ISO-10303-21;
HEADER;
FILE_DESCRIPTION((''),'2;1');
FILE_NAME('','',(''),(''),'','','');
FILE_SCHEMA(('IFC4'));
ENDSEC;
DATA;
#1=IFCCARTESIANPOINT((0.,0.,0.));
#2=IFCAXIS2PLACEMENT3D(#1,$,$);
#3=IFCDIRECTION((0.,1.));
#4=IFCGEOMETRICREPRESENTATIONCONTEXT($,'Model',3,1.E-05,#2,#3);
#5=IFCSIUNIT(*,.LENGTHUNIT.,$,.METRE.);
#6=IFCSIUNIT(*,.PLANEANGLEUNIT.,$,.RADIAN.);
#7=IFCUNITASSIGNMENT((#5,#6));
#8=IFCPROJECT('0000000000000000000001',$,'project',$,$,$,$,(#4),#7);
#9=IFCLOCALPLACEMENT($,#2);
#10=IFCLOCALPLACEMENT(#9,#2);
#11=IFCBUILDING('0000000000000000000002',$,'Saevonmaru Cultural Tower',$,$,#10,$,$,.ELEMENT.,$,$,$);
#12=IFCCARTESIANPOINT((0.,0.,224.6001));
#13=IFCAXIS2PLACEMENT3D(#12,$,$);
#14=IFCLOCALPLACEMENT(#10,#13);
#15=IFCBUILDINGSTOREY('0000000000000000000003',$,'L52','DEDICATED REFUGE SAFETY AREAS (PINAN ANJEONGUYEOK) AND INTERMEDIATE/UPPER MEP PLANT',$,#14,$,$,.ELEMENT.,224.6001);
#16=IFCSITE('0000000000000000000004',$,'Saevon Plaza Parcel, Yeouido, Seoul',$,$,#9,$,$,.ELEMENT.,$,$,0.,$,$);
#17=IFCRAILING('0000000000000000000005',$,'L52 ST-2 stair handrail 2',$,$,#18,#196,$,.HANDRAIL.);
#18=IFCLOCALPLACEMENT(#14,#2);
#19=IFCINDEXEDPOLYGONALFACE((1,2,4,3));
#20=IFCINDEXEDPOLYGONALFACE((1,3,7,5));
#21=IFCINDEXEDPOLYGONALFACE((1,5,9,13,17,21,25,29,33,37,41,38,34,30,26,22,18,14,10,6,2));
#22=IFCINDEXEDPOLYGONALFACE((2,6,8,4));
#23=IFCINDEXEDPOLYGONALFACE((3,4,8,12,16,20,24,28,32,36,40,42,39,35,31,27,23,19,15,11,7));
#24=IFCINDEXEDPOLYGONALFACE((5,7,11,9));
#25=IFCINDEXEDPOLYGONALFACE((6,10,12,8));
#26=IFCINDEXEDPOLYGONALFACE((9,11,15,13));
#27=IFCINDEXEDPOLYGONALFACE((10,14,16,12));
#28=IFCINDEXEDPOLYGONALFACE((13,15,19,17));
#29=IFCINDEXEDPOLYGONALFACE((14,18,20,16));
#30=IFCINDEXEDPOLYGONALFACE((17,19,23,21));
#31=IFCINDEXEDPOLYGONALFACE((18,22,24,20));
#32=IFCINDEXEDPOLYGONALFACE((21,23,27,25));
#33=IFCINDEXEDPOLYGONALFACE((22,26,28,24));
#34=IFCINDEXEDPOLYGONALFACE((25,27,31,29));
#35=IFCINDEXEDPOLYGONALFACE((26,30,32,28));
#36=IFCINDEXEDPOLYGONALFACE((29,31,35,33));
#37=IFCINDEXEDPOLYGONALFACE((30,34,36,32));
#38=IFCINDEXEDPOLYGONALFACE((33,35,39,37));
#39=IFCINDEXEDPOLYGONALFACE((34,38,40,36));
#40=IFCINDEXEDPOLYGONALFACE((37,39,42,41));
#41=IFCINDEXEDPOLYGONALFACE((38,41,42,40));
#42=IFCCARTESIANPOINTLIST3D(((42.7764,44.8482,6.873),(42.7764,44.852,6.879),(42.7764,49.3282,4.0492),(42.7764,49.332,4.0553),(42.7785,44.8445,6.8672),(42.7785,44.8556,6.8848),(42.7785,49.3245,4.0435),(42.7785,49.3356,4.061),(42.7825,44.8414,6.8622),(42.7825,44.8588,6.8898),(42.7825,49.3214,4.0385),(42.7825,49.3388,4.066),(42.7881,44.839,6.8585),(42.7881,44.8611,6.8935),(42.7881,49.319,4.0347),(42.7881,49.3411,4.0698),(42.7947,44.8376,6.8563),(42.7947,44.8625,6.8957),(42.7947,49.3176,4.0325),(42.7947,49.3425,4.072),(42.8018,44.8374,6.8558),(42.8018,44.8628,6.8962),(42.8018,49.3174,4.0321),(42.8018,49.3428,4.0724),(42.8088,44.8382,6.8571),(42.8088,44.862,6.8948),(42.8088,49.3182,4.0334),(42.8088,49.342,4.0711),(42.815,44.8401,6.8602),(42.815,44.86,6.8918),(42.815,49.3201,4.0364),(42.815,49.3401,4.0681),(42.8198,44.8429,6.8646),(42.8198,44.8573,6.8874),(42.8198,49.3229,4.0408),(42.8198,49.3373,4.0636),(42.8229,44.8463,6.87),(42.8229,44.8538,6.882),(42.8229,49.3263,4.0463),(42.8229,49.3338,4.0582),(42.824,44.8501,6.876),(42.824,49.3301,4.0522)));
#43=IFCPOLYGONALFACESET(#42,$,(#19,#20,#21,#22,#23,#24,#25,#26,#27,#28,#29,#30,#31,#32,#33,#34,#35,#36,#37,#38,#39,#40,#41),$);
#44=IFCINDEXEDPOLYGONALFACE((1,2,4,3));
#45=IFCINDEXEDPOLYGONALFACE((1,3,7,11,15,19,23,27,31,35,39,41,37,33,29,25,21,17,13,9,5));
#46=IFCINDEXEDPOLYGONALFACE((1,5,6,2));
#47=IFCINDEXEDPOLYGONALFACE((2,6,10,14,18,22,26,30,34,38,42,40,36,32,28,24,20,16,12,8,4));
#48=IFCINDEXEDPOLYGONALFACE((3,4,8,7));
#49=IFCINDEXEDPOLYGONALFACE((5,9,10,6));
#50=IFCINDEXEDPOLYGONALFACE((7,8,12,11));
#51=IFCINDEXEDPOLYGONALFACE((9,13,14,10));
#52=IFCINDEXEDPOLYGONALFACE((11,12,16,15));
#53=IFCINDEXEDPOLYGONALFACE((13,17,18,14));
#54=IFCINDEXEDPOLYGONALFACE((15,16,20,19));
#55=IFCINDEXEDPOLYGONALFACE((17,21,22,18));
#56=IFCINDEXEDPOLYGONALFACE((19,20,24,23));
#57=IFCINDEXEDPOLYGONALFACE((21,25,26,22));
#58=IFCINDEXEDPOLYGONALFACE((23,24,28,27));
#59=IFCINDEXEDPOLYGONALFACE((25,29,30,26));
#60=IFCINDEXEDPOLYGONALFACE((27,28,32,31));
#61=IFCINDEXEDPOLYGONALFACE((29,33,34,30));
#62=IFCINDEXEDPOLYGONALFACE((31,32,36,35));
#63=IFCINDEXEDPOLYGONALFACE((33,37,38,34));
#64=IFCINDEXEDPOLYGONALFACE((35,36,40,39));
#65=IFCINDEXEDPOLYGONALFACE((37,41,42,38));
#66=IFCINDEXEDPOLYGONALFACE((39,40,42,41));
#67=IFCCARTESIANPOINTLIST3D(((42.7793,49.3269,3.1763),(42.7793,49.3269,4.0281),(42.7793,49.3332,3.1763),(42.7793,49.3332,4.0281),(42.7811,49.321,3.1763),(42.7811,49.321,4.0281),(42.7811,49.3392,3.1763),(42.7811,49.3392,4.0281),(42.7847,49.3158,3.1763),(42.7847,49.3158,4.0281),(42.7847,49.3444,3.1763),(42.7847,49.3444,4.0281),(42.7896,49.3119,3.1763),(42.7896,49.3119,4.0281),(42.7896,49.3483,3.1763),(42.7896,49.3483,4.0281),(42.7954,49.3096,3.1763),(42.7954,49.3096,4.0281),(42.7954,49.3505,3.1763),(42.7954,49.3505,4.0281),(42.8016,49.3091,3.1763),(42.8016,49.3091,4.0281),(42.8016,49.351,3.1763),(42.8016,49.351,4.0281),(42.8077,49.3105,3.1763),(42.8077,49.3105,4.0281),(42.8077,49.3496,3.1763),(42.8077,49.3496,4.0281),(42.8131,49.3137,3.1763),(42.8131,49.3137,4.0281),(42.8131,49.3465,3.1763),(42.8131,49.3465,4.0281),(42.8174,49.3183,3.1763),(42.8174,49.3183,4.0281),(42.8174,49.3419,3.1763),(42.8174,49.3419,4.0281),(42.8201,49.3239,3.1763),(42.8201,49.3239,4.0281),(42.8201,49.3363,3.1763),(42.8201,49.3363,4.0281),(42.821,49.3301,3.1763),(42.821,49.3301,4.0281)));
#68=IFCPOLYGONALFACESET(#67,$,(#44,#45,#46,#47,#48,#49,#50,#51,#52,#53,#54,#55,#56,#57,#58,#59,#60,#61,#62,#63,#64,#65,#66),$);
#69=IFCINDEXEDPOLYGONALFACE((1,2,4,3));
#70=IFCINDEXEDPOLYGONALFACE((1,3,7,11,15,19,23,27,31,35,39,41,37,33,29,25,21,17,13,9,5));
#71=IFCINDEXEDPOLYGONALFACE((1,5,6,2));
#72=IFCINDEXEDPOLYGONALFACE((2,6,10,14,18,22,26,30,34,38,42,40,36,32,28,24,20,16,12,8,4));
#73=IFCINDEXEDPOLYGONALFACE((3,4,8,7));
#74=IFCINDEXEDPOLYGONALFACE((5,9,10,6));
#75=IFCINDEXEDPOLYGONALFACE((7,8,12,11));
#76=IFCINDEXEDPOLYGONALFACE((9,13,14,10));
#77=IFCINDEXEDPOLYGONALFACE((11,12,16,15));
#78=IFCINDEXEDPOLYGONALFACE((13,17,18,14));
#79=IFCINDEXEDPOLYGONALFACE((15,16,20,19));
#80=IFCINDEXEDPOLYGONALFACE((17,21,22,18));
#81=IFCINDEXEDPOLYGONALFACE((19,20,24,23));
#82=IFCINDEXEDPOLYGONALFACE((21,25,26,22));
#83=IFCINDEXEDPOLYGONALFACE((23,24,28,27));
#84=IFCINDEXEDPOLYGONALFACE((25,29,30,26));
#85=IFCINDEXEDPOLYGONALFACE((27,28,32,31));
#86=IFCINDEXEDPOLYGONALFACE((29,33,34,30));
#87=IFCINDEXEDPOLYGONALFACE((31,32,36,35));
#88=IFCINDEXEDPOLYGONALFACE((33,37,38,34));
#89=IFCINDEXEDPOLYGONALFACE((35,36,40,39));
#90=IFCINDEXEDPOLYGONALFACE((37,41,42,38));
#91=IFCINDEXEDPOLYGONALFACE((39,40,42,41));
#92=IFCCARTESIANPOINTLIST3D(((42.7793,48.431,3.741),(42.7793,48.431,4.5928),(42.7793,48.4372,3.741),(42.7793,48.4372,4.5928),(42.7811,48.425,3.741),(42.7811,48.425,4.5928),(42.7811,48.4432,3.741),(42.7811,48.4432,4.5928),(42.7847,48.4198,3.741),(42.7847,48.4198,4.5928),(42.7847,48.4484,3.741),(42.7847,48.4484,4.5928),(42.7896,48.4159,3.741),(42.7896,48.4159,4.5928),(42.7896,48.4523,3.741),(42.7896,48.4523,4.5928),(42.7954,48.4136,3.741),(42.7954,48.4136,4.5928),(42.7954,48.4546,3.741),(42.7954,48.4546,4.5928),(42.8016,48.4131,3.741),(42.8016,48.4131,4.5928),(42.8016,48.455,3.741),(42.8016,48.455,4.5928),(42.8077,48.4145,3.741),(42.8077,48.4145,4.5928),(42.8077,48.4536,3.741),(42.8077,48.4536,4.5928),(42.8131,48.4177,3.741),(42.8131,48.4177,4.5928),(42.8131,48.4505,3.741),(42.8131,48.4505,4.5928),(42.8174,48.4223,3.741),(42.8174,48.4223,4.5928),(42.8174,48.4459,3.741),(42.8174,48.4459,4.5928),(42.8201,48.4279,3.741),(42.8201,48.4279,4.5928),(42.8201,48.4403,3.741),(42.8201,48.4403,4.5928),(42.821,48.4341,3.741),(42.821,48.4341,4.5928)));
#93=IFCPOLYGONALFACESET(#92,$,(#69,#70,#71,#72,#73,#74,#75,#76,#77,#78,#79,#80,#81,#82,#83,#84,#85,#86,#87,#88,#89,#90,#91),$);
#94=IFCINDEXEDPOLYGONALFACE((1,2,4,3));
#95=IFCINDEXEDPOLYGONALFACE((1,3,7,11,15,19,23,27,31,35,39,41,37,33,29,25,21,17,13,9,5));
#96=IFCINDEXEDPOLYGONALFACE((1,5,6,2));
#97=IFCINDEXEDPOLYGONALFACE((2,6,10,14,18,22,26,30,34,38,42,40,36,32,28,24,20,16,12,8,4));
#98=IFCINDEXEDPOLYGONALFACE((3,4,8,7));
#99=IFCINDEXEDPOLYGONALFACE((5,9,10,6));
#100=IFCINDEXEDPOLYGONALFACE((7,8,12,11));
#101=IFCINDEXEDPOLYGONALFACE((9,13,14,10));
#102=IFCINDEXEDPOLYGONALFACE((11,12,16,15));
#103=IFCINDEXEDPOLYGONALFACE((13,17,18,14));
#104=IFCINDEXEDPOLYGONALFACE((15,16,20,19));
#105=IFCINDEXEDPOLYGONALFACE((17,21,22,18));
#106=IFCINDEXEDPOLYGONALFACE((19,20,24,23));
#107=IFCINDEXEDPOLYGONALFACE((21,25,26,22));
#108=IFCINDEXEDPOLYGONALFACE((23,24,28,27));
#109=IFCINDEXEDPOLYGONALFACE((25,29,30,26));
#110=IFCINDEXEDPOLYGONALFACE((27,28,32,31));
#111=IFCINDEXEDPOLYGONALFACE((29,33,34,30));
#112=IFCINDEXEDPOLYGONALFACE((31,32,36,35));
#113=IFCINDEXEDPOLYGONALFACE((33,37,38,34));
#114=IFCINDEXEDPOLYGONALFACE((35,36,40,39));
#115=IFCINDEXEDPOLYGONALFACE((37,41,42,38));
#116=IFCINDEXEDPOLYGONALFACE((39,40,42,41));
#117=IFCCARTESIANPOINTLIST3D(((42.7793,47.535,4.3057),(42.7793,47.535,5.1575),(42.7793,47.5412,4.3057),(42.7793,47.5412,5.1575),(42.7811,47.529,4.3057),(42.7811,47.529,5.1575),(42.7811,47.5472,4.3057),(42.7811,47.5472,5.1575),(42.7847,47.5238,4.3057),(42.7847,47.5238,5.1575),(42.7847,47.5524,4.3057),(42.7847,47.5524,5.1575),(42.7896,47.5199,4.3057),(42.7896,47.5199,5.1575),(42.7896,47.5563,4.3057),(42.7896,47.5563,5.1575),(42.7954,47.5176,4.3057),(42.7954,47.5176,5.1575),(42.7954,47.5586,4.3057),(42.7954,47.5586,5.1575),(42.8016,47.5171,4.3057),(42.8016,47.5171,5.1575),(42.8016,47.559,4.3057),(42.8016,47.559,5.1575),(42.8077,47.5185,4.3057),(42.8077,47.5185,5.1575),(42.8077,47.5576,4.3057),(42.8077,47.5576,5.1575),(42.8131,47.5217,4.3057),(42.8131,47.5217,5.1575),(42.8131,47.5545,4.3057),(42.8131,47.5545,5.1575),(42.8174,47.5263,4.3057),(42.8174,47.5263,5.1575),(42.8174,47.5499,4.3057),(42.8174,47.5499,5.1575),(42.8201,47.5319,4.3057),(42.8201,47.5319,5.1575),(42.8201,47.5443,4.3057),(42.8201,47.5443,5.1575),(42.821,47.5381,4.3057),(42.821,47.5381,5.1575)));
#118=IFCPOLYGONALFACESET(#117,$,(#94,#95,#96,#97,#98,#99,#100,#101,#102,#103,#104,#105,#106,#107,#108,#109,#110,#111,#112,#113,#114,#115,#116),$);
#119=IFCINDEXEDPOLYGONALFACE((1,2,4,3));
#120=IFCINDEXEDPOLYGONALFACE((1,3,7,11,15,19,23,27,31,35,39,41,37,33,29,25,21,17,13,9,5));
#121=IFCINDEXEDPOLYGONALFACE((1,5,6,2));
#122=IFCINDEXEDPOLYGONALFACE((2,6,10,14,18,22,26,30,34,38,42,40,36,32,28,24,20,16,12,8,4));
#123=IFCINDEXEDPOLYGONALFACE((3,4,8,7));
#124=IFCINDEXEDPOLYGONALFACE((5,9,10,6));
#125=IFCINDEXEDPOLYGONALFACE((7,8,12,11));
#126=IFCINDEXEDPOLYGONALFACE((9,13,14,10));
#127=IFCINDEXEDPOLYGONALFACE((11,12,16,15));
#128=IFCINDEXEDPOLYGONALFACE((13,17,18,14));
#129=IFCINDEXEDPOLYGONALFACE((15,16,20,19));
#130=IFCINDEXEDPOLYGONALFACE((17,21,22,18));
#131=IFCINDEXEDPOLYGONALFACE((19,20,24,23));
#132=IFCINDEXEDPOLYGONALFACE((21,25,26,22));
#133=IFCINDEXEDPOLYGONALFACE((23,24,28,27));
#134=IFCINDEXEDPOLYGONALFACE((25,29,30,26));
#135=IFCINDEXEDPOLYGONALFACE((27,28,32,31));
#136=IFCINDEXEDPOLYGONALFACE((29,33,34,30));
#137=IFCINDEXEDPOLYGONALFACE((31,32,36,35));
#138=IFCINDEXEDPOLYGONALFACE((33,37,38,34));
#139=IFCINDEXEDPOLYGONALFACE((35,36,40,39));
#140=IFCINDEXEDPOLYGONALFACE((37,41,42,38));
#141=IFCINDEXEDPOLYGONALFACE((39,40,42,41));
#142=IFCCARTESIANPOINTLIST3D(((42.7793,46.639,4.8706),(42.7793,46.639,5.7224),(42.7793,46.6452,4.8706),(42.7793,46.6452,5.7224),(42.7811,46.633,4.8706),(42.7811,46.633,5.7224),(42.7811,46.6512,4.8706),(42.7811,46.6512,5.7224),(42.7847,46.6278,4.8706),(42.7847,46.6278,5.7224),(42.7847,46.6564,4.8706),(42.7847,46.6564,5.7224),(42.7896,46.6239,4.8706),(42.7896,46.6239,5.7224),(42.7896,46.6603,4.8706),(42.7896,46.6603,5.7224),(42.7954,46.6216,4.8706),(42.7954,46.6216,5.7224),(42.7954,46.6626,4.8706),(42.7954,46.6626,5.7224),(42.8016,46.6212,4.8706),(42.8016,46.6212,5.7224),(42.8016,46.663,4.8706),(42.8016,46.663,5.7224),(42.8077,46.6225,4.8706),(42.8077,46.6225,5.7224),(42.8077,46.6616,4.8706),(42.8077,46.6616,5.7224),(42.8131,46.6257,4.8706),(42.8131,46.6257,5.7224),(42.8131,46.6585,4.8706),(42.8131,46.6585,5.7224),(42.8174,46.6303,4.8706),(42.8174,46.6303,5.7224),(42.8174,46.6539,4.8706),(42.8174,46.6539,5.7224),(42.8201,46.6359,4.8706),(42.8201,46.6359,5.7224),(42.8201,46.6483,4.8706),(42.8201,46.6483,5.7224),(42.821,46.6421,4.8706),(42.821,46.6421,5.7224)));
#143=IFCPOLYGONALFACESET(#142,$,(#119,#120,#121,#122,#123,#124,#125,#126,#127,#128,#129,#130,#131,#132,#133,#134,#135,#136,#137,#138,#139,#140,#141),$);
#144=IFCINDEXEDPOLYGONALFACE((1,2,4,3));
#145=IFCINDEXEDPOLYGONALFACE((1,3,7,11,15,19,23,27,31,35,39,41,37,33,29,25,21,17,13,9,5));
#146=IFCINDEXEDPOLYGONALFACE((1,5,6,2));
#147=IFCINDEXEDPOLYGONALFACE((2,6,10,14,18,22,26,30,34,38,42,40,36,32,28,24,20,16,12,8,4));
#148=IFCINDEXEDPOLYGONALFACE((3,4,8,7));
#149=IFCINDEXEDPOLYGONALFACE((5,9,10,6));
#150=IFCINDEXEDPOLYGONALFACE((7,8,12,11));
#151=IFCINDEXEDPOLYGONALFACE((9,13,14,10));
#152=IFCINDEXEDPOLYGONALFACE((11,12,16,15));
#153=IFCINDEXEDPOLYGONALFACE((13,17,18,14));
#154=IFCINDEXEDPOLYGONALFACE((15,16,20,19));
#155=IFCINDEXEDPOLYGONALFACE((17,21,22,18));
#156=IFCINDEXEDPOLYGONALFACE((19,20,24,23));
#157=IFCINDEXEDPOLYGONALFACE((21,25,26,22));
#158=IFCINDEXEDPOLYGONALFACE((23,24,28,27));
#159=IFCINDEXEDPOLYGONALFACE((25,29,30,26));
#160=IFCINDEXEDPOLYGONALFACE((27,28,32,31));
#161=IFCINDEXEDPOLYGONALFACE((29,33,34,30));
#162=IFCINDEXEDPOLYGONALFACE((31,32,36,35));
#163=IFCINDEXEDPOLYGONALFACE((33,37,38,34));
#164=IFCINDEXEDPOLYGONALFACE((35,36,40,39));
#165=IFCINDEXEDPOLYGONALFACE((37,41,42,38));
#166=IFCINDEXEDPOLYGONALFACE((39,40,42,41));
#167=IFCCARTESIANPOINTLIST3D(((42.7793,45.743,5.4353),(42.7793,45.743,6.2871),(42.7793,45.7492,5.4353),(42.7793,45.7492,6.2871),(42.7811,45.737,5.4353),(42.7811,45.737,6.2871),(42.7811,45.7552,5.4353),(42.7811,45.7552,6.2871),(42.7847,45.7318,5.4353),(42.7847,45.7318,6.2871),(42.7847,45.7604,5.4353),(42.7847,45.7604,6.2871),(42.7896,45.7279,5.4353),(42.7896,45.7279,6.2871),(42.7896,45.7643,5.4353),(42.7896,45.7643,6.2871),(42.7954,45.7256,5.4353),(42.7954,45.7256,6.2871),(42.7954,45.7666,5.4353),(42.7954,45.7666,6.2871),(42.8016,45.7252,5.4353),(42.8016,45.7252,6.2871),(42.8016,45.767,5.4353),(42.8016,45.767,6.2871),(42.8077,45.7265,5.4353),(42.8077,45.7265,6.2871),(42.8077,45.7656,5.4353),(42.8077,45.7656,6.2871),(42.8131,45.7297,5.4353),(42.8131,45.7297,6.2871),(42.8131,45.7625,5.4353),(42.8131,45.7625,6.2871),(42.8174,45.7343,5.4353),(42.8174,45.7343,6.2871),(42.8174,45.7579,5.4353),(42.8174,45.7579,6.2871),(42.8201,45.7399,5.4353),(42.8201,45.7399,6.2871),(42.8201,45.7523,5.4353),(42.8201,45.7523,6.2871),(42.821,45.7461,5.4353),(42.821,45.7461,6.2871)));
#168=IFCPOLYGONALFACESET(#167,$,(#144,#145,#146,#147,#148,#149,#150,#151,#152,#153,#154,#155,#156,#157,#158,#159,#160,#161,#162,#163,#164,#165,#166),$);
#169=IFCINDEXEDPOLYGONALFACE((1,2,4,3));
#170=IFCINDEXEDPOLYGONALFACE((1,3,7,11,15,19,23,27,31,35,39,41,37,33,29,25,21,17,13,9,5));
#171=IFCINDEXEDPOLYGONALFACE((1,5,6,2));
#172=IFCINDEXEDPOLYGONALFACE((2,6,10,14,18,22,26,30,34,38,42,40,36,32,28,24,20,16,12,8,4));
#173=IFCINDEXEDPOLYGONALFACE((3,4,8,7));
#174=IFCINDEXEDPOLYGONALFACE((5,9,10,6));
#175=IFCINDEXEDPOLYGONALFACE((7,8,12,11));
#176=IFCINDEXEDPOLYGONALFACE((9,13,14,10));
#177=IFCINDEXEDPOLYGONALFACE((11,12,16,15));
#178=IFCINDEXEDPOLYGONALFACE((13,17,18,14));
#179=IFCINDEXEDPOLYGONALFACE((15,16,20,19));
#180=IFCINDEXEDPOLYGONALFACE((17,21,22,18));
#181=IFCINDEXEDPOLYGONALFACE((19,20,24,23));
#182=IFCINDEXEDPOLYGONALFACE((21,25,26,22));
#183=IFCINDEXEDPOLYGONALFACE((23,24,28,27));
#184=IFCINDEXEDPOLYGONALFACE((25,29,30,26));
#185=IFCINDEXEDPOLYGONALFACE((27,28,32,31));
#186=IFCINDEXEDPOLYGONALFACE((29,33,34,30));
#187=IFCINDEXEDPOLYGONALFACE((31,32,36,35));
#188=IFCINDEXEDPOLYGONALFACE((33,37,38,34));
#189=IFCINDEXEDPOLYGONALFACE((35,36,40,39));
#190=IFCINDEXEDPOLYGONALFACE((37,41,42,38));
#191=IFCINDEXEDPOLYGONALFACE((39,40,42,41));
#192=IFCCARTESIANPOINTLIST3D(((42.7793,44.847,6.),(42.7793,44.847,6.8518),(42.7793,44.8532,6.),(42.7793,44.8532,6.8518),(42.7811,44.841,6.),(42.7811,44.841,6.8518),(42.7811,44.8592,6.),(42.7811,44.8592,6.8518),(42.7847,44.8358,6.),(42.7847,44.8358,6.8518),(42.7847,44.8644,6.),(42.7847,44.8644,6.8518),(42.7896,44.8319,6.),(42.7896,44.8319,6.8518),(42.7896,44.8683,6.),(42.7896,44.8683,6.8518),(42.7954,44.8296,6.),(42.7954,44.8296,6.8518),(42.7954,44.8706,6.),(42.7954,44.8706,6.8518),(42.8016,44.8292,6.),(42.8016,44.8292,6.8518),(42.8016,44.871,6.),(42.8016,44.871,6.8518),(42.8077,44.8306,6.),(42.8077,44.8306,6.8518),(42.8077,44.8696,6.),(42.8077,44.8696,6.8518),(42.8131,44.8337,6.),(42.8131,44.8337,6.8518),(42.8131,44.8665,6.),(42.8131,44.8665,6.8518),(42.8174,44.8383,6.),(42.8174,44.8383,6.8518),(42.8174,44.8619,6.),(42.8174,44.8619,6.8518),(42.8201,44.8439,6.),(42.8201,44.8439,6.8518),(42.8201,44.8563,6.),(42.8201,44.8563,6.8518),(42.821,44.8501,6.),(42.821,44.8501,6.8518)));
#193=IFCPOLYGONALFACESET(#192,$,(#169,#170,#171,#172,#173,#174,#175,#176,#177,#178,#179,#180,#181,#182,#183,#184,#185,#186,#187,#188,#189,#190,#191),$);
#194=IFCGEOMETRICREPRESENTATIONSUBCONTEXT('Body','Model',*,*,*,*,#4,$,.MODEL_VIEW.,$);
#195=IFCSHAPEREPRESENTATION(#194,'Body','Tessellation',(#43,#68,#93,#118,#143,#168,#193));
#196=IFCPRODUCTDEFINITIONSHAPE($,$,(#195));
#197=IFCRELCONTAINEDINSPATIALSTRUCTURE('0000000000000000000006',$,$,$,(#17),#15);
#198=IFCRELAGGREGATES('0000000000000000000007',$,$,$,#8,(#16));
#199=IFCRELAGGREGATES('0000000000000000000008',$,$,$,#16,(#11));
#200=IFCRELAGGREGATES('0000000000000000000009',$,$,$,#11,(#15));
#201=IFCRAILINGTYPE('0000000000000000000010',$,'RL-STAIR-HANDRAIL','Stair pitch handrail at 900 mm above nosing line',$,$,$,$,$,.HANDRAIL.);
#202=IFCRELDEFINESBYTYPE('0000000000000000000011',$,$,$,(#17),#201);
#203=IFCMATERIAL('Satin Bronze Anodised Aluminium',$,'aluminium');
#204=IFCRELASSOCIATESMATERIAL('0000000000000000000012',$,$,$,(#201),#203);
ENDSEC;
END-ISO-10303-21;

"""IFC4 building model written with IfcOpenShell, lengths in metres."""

from ifc_helpers import new_model, si_unit, direction, frame, origin, origin_2d, place, context, subcontext, project, spatial, circle, extrude, material, type_object, element, save


model = new_model("IFC4")

# Units and contexts
model_context = context("Model", 3, precision=1e-05, world=origin(), true_north=direction((0.0, 1.0)))
body_context = subcontext(model_context, "Body", "Model", "MODEL_VIEW")
ifc_project = project(units=[si_unit("LENGTHUNIT", "METRE"), si_unit("PLANEANGLEUNIT", "RADIAN")], contexts=[model_context])

# Site, building, storey
site_placement = place(None, origin())
site = spatial("IfcSite", under=ifc_project, at=site_placement, Name="Saevon Plaza Parcel, Yeouido, Seoul", CompositionType="ELEMENT", RefElevation=0.0)
building_placement = place(site_placement, origin())
building = spatial("IfcBuilding", under=site, at=building_placement, Name="Saevonmaru Cultural Tower", CompositionType="ELEMENT")
storey_placement = place(building_placement, frame((0.0, 0.0, 224.6001)))
storey = spatial("IfcBuildingStorey", under=building, at=storey_placement, Name="L52", Description="DEDICATED REFUGE SAFETY AREAS (PINAN ANJEONGUYEOK) AND INTERMEDIATE/UPPER MEP PLANT", CompositionType="ELEMENT", Elevation=224.6001)

# Shared definitions
ifc_material_1 = material(Name="Satin Bronze Anodised Aluminium", Category="aluminium")

# Railing
railing_type_1 = type_object("IfcRailingType", Name="RL-STAIR-HANDRAIL", Description="Stair pitch handrail at 900 mm above nosing line", PredefinedType="HANDRAIL", material=ifc_material_1)
railing_1_placement = place(storey_placement, frame((42.8, 49.3301, 3.1763)))
element("IfcRailing", 1, at=railing_1_placement, inside=storey, type_object=railing_type_1, Name="L52 ST-2 stair handrail 2", PredefinedType="HANDRAIL", context=body_context, shape_type="SweptSolid", body=[
    extrude(circle(Radius=0.0239, at=origin_2d()), frame((0.0, 0.0, 0.876), z_axis=(0.0, -0.845977, 0.533219), x_axis=(1.0, 0.0, 0.0)), (0.0, 0.0, 1.0), 5.2957),
    extrude(circle(Radius=0.021, at=origin_2d()), origin(), (0.0, 0.0, 1.0), 0.8518),
    extrude(circle(Radius=0.021, at=origin_2d()), frame((0.0, -0.896, 0.5647)), (0.0, 0.0, 1.0), 0.8518),
    extrude(circle(Radius=0.021, at=origin_2d()), frame((0.0, -1.792, 1.1294)), (0.0, 0.0, 1.0), 0.8518),
    extrude(circle(Radius=0.021, at=origin_2d()), frame((0.0, -2.688, 1.6943)), (0.0, 0.0, 1.0), 0.8518),
    extrude(circle(Radius=0.021, at=origin_2d()), frame((0.0, -3.584, 2.259)), (0.0, 0.0, 1.0), 0.8518),
    extrude(circle(Radius=0.021, at=origin_2d()), frame((0.0, -4.48, 2.8237)), (0.0, 0.0, 1.0), 0.8518),
])

save(model, "model.ifc")
